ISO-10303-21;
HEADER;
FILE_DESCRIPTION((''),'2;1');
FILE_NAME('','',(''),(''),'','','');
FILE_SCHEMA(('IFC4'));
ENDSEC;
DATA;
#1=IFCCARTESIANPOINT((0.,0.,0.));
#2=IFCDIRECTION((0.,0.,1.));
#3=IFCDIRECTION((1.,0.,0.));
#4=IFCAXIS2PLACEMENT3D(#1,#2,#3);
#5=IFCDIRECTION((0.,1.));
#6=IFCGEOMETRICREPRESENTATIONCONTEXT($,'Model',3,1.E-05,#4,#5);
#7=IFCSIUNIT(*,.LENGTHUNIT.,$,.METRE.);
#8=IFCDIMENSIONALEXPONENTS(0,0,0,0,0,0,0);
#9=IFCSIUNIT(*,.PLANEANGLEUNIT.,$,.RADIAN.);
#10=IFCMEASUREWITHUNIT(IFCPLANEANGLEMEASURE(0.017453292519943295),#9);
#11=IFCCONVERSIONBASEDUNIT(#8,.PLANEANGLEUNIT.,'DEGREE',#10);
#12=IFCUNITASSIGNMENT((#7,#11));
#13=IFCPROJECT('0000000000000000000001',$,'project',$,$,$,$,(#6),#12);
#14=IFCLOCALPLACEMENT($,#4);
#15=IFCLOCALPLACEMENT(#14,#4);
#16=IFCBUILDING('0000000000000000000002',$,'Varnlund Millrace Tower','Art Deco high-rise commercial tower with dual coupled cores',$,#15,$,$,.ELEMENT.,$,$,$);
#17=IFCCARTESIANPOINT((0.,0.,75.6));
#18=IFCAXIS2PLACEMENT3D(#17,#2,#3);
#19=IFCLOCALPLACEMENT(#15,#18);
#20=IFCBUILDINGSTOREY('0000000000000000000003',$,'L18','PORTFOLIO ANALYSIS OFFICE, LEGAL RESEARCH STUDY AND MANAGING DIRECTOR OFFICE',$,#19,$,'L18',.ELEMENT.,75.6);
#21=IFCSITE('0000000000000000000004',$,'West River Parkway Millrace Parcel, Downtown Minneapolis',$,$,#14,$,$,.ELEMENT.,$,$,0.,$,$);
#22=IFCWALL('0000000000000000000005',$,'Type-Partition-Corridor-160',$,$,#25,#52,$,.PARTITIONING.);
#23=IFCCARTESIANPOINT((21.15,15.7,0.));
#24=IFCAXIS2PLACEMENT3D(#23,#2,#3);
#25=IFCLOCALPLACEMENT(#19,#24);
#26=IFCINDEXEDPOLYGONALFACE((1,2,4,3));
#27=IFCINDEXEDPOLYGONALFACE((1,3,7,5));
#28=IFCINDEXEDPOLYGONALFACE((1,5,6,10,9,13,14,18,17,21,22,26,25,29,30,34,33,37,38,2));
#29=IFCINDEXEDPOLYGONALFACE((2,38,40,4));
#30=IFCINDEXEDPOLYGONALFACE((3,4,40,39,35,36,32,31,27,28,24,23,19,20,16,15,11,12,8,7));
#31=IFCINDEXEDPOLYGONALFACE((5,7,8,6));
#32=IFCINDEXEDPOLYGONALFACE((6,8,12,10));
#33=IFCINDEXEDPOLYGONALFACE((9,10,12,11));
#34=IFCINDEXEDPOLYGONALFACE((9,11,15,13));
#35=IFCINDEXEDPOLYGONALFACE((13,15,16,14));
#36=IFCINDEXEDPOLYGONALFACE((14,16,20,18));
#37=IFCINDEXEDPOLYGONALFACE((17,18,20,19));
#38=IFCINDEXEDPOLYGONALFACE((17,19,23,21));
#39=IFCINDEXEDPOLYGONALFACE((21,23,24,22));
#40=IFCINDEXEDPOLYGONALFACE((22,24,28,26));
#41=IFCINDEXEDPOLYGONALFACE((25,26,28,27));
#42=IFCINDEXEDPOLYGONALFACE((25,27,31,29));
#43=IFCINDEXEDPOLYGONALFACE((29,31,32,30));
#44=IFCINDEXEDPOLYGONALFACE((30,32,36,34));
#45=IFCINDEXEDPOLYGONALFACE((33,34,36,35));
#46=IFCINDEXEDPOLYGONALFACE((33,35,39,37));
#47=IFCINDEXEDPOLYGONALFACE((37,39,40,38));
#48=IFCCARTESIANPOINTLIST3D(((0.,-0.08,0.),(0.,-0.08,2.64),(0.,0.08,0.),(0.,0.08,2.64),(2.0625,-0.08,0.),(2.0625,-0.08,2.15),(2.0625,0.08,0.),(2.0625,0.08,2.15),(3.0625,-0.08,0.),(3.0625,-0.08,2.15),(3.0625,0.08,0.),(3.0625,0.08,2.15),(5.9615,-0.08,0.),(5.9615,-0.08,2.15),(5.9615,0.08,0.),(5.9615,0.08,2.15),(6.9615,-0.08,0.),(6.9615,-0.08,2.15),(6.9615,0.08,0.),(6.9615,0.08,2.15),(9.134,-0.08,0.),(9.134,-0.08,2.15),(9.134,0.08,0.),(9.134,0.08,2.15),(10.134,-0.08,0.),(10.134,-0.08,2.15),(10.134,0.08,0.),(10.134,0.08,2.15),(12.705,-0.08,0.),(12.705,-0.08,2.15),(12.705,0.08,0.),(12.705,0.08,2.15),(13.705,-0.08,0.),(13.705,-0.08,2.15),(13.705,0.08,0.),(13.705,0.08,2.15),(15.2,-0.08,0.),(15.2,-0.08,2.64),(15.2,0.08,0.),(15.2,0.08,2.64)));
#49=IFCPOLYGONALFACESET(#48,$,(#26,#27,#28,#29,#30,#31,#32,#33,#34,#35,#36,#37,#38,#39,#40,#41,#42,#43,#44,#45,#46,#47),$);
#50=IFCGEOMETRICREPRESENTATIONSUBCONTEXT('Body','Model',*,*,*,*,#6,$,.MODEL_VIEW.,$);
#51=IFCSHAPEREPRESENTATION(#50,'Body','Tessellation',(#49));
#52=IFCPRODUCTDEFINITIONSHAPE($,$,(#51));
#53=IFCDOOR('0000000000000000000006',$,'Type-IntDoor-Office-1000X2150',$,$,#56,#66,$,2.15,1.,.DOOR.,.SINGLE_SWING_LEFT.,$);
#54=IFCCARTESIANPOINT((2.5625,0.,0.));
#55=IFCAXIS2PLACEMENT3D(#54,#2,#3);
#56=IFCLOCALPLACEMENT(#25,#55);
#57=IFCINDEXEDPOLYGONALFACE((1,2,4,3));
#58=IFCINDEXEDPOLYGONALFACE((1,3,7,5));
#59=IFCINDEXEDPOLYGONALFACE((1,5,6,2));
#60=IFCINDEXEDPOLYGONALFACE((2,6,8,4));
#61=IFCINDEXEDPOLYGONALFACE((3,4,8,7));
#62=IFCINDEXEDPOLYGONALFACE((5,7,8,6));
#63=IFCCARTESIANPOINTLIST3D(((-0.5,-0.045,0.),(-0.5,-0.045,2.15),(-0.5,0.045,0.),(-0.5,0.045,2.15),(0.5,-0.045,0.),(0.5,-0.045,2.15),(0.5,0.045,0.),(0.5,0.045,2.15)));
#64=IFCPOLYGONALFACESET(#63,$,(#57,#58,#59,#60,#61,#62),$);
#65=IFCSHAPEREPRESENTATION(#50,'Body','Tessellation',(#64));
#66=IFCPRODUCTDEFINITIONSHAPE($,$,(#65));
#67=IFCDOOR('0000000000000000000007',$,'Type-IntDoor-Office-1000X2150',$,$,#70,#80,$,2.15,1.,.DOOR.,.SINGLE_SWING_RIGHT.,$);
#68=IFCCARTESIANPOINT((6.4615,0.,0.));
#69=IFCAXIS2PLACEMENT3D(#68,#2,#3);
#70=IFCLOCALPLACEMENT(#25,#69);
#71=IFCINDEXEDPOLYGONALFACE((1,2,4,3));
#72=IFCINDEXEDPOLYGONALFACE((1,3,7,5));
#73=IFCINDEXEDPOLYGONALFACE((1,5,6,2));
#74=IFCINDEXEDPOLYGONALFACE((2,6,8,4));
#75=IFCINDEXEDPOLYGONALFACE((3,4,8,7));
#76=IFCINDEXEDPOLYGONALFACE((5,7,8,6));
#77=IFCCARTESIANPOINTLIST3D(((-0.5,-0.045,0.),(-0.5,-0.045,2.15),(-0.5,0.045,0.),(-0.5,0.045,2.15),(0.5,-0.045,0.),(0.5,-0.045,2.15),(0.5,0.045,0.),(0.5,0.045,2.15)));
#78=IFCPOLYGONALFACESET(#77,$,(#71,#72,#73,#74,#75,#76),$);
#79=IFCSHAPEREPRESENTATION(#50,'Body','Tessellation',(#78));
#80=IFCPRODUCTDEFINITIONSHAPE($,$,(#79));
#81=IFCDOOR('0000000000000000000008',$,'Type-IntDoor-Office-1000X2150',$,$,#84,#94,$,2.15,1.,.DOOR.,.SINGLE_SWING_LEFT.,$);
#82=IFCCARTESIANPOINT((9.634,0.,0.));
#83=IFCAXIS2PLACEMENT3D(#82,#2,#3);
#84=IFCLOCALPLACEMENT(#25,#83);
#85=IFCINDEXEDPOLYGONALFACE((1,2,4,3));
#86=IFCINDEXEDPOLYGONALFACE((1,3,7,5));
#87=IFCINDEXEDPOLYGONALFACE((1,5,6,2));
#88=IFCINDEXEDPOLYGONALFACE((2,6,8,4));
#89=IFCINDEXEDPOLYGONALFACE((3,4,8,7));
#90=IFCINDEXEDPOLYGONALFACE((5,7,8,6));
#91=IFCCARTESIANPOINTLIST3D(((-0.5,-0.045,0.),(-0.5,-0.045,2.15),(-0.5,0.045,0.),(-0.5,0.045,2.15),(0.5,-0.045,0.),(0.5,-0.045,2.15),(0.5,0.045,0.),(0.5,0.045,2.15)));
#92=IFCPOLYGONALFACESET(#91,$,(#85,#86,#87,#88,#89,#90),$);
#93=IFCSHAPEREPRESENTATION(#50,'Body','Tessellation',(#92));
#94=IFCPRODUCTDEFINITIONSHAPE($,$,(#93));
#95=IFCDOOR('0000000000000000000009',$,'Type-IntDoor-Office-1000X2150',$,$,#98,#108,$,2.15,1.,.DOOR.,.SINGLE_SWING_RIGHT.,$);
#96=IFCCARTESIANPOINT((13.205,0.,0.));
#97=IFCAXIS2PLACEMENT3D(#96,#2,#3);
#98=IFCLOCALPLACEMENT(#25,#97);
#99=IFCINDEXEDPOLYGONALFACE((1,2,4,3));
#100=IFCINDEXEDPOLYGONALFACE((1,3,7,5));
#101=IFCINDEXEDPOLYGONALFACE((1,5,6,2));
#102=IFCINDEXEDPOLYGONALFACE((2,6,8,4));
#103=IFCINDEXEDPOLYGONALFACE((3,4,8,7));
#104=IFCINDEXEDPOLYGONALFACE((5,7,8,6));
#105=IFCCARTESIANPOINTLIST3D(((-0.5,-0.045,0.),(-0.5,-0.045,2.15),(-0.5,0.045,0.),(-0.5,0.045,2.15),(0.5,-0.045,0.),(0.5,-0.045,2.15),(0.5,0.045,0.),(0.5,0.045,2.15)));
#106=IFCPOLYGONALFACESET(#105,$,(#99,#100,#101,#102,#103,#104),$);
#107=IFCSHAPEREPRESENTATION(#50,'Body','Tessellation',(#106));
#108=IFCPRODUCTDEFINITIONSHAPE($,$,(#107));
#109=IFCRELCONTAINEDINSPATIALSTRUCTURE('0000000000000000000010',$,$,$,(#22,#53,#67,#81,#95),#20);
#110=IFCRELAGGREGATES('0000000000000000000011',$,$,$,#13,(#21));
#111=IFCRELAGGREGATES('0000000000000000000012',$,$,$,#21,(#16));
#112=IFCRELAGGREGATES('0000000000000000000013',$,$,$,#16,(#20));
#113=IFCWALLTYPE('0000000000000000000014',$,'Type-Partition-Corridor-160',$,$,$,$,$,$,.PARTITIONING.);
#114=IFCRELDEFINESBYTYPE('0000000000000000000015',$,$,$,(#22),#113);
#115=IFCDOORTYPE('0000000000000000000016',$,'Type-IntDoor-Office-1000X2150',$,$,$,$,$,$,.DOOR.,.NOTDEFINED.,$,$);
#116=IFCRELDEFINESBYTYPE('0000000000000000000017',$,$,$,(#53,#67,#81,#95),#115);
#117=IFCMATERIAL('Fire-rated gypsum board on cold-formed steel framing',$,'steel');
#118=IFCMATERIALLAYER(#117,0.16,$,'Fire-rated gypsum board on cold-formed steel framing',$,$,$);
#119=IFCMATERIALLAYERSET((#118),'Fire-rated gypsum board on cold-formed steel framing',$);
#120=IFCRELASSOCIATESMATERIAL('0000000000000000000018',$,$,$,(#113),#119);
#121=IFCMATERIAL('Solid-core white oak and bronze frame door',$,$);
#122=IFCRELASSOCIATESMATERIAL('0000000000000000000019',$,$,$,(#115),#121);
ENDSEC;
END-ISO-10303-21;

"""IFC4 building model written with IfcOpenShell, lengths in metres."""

from ifc_helpers import new_model, entity, si_unit, converted_unit, direction, frame, origin_with_axes, origin_2d_with_axis, place, context, subcontext, project, spatial, polyline, rectangle, outline, extrude, material, layer, layer_set, type_object, element, fill, save


model = new_model("IFC4")

# Units and contexts
model_context = context("Model", 3, precision=1e-05, world=origin_with_axes(), true_north=direction((0.0, 1.0)))
body_context = subcontext(model_context, "Body", "Model", "MODEL_VIEW")
ifc_project = project(units=[si_unit("LENGTHUNIT", "METRE"), converted_unit("PLANEANGLEUNIT", "DEGREE", entity("IfcPlaneAngleMeasure", 0.017453292519943295), si_unit("PLANEANGLEUNIT", "RADIAN"), dimensions=[0, 0, 0, 0, 0, 0, 0])], contexts=[model_context])

# Site, building, storey
site_placement = place(None, origin_with_axes())
site = spatial("IfcSite", under=ifc_project, at=site_placement, Name="West River Parkway Millrace Parcel, Downtown Minneapolis", CompositionType="ELEMENT", RefElevation=0.0)
building_placement = place(site_placement, origin_with_axes())
building = spatial("IfcBuilding", under=site, at=building_placement, Name="Varnlund Millrace Tower", Description="Art Deco high-rise commercial tower with dual coupled cores", CompositionType="ELEMENT")
storey_placement = place(building_placement, frame((0.0, 0.0, 75.6), z_axis=(0.0, 0.0, 1.0), x_axis=(1.0, 0.0, 0.0)))
storey = spatial("IfcBuildingStorey", under=building, at=storey_placement, Name="L18", Description="PORTFOLIO ANALYSIS OFFICE, LEGAL RESEARCH STUDY AND MANAGING DIRECTOR OFFICE", LongName="L18", CompositionType="ELEMENT", Elevation=75.6)

# Shared definitions
ifc_material_1 = material(Name="Fire-rated gypsum board on cold-formed steel framing", Category="steel")
ifc_layer = layer(ifc_material_1, 0.16, Name="Fire-rated gypsum board on cold-formed steel framing")
ifc_layer_set = layer_set([ifc_layer], Name="Fire-rated gypsum board on cold-formed steel framing")
wall_type = type_object("IfcWallType", Name="Type-Partition-Corridor-160", PredefinedType="PARTITIONING", material=ifc_layer_set)

# Wall, openings, doors
wall_1_placement = place(storey_placement, frame((21.15, 15.7, 0.0), z_axis=(0.0, 0.0, 1.0), x_axis=(1.0, 0.0, 0.0)))
wall_1 = element("IfcWall", 1, at=wall_1_placement, inside=storey, type_object=wall_type, Name="Type-Partition-Corridor-160", PredefinedType="PARTITIONING", context=body_context, shape_type="SweptSolid", body=[
    extrude(outline(polyline([(0.0, -0.08), (15.2, -0.08), (15.2, 0.08), (0.0, 0.08), (0.0, -0.08)])), origin_with_axes(), (0.0, 0.0, 1.0), 2.64),
])
opening_1_placement = place(wall_1_placement, frame((2.5625, 0.0, 0.0), z_axis=(0.0, 0.0, 1.0), x_axis=(1.0, 0.0, 0.0)))
opening_1 = element("IfcOpeningElement", 2, at=opening_1_placement, cuts=wall_1, PredefinedType="OPENING", context=body_context, shape_type="SweptSolid", body=[
    extrude(rectangle(XDim=1.0, YDim=0.18, at=origin_2d_with_axis()), origin_with_axes(), (0.0, 0.0, 1.0), 2.15),
])
opening_2_placement = place(wall_1_placement, frame((6.4615, 0.0, 0.0), z_axis=(0.0, 0.0, 1.0), x_axis=(1.0, 0.0, 0.0)))
opening_2 = element("IfcOpeningElement", 3, at=opening_2_placement, cuts=wall_1, PredefinedType="OPENING", context=body_context, shape_type="SweptSolid", body=[
    extrude(rectangle(XDim=1.0, YDim=0.18, at=origin_2d_with_axis()), origin_with_axes(), (0.0, 0.0, 1.0), 2.15),
])
opening_3_placement = place(wall_1_placement, frame((9.634, 0.0, 0.0), z_axis=(0.0, 0.0, 1.0), x_axis=(1.0, 0.0, 0.0)))
opening_3 = element("IfcOpeningElement", 4, at=opening_3_placement, cuts=wall_1, PredefinedType="OPENING", context=body_context, shape_type="SweptSolid", body=[
    extrude(rectangle(XDim=1.0, YDim=0.18, at=origin_2d_with_axis()), origin_with_axes(), (0.0, 0.0, 1.0), 2.15),
])
opening_4_placement = place(wall_1_placement, frame((13.205, 0.0, 0.0), z_axis=(0.0, 0.0, 1.0), x_axis=(1.0, 0.0, 0.0)))
opening_4 = element("IfcOpeningElement", 5, at=opening_4_placement, cuts=wall_1, PredefinedType="OPENING", context=body_context, shape_type="SweptSolid", body=[
    extrude(rectangle(XDim=1.0, YDim=0.18, at=origin_2d_with_axis()), origin_with_axes(), (0.0, 0.0, 1.0), 2.15),
])
ifc_material_2 = material(Name="Solid-core white oak and bronze frame door")
door_type = type_object("IfcDoorType", Name="Type-IntDoor-Office-1000X2150", OperationType="NOTDEFINED", PredefinedType="DOOR", material=ifc_material_2)
door_1_placement = place(wall_1_placement, frame((2.5625, 0.0, 0.0), z_axis=(0.0, 0.0, 1.0), x_axis=(1.0, 0.0, 0.0)))
door_1 = element("IfcDoor", 6, at=door_1_placement, inside=storey, type_object=door_type, Name="Type-IntDoor-Office-1000X2150", OperationType="SINGLE_SWING_LEFT", OverallHeight=2.15, OverallWidth=1.0, PredefinedType="DOOR", context=body_context, shape_type="SweptSolid", body=[
    extrude(rectangle(XDim=1.0, YDim=0.09, at=origin_2d_with_axis()), origin_with_axes(), (0.0, 0.0, 1.0), 2.15),
])
fill(opening_1, door_1)
door_2_placement = place(wall_1_placement, frame((6.4615, 0.0, 0.0), z_axis=(0.0, 0.0, 1.0), x_axis=(1.0, 0.0, 0.0)))
door_2 = element("IfcDoor", 7, at=door_2_placement, inside=storey, type_object=door_type, Name="Type-IntDoor-Office-1000X2150", OperationType="SINGLE_SWING_RIGHT", OverallHeight=2.15, OverallWidth=1.0, PredefinedType="DOOR", context=body_context, shape_type="SweptSolid", body=[
    extrude(rectangle(XDim=1.0, YDim=0.09, at=origin_2d_with_axis()), origin_with_axes(), (0.0, 0.0, 1.0), 2.15),
])
fill(opening_2, door_2)
door_3_placement = place(wall_1_placement, frame((9.634, 0.0, 0.0), z_axis=(0.0, 0.0, 1.0), x_axis=(1.0, 0.0, 0.0)))
door_3 = element("IfcDoor", 8, at=door_3_placement, inside=storey, type_object=door_type, Name="Type-IntDoor-Office-1000X2150", OperationType="SINGLE_SWING_LEFT", OverallHeight=2.15, OverallWidth=1.0, PredefinedType="DOOR", context=body_context, shape_type="SweptSolid", body=[
    extrude(rectangle(XDim=1.0, YDim=0.09, at=origin_2d_with_axis()), origin_with_axes(), (0.0, 0.0, 1.0), 2.15),
])
fill(opening_3, door_3)
door_4_placement = place(wall_1_placement, frame((13.205, 0.0, 0.0), z_axis=(0.0, 0.0, 1.0), x_axis=(1.0, 0.0, 0.0)))
door_4 = element("IfcDoor", 9, at=door_4_placement, inside=storey, type_object=door_type, Name="Type-IntDoor-Office-1000X2150", OperationType="SINGLE_SWING_RIGHT", OverallHeight=2.15, OverallWidth=1.0, PredefinedType="DOOR", context=body_context, shape_type="SweptSolid", body=[
    extrude(rectangle(XDim=1.0, YDim=0.09, at=origin_2d_with_axis()), origin_with_axes(), (0.0, 0.0, 1.0), 2.15),
])
fill(opening_4, door_4)

save(model, "model.ifc")
